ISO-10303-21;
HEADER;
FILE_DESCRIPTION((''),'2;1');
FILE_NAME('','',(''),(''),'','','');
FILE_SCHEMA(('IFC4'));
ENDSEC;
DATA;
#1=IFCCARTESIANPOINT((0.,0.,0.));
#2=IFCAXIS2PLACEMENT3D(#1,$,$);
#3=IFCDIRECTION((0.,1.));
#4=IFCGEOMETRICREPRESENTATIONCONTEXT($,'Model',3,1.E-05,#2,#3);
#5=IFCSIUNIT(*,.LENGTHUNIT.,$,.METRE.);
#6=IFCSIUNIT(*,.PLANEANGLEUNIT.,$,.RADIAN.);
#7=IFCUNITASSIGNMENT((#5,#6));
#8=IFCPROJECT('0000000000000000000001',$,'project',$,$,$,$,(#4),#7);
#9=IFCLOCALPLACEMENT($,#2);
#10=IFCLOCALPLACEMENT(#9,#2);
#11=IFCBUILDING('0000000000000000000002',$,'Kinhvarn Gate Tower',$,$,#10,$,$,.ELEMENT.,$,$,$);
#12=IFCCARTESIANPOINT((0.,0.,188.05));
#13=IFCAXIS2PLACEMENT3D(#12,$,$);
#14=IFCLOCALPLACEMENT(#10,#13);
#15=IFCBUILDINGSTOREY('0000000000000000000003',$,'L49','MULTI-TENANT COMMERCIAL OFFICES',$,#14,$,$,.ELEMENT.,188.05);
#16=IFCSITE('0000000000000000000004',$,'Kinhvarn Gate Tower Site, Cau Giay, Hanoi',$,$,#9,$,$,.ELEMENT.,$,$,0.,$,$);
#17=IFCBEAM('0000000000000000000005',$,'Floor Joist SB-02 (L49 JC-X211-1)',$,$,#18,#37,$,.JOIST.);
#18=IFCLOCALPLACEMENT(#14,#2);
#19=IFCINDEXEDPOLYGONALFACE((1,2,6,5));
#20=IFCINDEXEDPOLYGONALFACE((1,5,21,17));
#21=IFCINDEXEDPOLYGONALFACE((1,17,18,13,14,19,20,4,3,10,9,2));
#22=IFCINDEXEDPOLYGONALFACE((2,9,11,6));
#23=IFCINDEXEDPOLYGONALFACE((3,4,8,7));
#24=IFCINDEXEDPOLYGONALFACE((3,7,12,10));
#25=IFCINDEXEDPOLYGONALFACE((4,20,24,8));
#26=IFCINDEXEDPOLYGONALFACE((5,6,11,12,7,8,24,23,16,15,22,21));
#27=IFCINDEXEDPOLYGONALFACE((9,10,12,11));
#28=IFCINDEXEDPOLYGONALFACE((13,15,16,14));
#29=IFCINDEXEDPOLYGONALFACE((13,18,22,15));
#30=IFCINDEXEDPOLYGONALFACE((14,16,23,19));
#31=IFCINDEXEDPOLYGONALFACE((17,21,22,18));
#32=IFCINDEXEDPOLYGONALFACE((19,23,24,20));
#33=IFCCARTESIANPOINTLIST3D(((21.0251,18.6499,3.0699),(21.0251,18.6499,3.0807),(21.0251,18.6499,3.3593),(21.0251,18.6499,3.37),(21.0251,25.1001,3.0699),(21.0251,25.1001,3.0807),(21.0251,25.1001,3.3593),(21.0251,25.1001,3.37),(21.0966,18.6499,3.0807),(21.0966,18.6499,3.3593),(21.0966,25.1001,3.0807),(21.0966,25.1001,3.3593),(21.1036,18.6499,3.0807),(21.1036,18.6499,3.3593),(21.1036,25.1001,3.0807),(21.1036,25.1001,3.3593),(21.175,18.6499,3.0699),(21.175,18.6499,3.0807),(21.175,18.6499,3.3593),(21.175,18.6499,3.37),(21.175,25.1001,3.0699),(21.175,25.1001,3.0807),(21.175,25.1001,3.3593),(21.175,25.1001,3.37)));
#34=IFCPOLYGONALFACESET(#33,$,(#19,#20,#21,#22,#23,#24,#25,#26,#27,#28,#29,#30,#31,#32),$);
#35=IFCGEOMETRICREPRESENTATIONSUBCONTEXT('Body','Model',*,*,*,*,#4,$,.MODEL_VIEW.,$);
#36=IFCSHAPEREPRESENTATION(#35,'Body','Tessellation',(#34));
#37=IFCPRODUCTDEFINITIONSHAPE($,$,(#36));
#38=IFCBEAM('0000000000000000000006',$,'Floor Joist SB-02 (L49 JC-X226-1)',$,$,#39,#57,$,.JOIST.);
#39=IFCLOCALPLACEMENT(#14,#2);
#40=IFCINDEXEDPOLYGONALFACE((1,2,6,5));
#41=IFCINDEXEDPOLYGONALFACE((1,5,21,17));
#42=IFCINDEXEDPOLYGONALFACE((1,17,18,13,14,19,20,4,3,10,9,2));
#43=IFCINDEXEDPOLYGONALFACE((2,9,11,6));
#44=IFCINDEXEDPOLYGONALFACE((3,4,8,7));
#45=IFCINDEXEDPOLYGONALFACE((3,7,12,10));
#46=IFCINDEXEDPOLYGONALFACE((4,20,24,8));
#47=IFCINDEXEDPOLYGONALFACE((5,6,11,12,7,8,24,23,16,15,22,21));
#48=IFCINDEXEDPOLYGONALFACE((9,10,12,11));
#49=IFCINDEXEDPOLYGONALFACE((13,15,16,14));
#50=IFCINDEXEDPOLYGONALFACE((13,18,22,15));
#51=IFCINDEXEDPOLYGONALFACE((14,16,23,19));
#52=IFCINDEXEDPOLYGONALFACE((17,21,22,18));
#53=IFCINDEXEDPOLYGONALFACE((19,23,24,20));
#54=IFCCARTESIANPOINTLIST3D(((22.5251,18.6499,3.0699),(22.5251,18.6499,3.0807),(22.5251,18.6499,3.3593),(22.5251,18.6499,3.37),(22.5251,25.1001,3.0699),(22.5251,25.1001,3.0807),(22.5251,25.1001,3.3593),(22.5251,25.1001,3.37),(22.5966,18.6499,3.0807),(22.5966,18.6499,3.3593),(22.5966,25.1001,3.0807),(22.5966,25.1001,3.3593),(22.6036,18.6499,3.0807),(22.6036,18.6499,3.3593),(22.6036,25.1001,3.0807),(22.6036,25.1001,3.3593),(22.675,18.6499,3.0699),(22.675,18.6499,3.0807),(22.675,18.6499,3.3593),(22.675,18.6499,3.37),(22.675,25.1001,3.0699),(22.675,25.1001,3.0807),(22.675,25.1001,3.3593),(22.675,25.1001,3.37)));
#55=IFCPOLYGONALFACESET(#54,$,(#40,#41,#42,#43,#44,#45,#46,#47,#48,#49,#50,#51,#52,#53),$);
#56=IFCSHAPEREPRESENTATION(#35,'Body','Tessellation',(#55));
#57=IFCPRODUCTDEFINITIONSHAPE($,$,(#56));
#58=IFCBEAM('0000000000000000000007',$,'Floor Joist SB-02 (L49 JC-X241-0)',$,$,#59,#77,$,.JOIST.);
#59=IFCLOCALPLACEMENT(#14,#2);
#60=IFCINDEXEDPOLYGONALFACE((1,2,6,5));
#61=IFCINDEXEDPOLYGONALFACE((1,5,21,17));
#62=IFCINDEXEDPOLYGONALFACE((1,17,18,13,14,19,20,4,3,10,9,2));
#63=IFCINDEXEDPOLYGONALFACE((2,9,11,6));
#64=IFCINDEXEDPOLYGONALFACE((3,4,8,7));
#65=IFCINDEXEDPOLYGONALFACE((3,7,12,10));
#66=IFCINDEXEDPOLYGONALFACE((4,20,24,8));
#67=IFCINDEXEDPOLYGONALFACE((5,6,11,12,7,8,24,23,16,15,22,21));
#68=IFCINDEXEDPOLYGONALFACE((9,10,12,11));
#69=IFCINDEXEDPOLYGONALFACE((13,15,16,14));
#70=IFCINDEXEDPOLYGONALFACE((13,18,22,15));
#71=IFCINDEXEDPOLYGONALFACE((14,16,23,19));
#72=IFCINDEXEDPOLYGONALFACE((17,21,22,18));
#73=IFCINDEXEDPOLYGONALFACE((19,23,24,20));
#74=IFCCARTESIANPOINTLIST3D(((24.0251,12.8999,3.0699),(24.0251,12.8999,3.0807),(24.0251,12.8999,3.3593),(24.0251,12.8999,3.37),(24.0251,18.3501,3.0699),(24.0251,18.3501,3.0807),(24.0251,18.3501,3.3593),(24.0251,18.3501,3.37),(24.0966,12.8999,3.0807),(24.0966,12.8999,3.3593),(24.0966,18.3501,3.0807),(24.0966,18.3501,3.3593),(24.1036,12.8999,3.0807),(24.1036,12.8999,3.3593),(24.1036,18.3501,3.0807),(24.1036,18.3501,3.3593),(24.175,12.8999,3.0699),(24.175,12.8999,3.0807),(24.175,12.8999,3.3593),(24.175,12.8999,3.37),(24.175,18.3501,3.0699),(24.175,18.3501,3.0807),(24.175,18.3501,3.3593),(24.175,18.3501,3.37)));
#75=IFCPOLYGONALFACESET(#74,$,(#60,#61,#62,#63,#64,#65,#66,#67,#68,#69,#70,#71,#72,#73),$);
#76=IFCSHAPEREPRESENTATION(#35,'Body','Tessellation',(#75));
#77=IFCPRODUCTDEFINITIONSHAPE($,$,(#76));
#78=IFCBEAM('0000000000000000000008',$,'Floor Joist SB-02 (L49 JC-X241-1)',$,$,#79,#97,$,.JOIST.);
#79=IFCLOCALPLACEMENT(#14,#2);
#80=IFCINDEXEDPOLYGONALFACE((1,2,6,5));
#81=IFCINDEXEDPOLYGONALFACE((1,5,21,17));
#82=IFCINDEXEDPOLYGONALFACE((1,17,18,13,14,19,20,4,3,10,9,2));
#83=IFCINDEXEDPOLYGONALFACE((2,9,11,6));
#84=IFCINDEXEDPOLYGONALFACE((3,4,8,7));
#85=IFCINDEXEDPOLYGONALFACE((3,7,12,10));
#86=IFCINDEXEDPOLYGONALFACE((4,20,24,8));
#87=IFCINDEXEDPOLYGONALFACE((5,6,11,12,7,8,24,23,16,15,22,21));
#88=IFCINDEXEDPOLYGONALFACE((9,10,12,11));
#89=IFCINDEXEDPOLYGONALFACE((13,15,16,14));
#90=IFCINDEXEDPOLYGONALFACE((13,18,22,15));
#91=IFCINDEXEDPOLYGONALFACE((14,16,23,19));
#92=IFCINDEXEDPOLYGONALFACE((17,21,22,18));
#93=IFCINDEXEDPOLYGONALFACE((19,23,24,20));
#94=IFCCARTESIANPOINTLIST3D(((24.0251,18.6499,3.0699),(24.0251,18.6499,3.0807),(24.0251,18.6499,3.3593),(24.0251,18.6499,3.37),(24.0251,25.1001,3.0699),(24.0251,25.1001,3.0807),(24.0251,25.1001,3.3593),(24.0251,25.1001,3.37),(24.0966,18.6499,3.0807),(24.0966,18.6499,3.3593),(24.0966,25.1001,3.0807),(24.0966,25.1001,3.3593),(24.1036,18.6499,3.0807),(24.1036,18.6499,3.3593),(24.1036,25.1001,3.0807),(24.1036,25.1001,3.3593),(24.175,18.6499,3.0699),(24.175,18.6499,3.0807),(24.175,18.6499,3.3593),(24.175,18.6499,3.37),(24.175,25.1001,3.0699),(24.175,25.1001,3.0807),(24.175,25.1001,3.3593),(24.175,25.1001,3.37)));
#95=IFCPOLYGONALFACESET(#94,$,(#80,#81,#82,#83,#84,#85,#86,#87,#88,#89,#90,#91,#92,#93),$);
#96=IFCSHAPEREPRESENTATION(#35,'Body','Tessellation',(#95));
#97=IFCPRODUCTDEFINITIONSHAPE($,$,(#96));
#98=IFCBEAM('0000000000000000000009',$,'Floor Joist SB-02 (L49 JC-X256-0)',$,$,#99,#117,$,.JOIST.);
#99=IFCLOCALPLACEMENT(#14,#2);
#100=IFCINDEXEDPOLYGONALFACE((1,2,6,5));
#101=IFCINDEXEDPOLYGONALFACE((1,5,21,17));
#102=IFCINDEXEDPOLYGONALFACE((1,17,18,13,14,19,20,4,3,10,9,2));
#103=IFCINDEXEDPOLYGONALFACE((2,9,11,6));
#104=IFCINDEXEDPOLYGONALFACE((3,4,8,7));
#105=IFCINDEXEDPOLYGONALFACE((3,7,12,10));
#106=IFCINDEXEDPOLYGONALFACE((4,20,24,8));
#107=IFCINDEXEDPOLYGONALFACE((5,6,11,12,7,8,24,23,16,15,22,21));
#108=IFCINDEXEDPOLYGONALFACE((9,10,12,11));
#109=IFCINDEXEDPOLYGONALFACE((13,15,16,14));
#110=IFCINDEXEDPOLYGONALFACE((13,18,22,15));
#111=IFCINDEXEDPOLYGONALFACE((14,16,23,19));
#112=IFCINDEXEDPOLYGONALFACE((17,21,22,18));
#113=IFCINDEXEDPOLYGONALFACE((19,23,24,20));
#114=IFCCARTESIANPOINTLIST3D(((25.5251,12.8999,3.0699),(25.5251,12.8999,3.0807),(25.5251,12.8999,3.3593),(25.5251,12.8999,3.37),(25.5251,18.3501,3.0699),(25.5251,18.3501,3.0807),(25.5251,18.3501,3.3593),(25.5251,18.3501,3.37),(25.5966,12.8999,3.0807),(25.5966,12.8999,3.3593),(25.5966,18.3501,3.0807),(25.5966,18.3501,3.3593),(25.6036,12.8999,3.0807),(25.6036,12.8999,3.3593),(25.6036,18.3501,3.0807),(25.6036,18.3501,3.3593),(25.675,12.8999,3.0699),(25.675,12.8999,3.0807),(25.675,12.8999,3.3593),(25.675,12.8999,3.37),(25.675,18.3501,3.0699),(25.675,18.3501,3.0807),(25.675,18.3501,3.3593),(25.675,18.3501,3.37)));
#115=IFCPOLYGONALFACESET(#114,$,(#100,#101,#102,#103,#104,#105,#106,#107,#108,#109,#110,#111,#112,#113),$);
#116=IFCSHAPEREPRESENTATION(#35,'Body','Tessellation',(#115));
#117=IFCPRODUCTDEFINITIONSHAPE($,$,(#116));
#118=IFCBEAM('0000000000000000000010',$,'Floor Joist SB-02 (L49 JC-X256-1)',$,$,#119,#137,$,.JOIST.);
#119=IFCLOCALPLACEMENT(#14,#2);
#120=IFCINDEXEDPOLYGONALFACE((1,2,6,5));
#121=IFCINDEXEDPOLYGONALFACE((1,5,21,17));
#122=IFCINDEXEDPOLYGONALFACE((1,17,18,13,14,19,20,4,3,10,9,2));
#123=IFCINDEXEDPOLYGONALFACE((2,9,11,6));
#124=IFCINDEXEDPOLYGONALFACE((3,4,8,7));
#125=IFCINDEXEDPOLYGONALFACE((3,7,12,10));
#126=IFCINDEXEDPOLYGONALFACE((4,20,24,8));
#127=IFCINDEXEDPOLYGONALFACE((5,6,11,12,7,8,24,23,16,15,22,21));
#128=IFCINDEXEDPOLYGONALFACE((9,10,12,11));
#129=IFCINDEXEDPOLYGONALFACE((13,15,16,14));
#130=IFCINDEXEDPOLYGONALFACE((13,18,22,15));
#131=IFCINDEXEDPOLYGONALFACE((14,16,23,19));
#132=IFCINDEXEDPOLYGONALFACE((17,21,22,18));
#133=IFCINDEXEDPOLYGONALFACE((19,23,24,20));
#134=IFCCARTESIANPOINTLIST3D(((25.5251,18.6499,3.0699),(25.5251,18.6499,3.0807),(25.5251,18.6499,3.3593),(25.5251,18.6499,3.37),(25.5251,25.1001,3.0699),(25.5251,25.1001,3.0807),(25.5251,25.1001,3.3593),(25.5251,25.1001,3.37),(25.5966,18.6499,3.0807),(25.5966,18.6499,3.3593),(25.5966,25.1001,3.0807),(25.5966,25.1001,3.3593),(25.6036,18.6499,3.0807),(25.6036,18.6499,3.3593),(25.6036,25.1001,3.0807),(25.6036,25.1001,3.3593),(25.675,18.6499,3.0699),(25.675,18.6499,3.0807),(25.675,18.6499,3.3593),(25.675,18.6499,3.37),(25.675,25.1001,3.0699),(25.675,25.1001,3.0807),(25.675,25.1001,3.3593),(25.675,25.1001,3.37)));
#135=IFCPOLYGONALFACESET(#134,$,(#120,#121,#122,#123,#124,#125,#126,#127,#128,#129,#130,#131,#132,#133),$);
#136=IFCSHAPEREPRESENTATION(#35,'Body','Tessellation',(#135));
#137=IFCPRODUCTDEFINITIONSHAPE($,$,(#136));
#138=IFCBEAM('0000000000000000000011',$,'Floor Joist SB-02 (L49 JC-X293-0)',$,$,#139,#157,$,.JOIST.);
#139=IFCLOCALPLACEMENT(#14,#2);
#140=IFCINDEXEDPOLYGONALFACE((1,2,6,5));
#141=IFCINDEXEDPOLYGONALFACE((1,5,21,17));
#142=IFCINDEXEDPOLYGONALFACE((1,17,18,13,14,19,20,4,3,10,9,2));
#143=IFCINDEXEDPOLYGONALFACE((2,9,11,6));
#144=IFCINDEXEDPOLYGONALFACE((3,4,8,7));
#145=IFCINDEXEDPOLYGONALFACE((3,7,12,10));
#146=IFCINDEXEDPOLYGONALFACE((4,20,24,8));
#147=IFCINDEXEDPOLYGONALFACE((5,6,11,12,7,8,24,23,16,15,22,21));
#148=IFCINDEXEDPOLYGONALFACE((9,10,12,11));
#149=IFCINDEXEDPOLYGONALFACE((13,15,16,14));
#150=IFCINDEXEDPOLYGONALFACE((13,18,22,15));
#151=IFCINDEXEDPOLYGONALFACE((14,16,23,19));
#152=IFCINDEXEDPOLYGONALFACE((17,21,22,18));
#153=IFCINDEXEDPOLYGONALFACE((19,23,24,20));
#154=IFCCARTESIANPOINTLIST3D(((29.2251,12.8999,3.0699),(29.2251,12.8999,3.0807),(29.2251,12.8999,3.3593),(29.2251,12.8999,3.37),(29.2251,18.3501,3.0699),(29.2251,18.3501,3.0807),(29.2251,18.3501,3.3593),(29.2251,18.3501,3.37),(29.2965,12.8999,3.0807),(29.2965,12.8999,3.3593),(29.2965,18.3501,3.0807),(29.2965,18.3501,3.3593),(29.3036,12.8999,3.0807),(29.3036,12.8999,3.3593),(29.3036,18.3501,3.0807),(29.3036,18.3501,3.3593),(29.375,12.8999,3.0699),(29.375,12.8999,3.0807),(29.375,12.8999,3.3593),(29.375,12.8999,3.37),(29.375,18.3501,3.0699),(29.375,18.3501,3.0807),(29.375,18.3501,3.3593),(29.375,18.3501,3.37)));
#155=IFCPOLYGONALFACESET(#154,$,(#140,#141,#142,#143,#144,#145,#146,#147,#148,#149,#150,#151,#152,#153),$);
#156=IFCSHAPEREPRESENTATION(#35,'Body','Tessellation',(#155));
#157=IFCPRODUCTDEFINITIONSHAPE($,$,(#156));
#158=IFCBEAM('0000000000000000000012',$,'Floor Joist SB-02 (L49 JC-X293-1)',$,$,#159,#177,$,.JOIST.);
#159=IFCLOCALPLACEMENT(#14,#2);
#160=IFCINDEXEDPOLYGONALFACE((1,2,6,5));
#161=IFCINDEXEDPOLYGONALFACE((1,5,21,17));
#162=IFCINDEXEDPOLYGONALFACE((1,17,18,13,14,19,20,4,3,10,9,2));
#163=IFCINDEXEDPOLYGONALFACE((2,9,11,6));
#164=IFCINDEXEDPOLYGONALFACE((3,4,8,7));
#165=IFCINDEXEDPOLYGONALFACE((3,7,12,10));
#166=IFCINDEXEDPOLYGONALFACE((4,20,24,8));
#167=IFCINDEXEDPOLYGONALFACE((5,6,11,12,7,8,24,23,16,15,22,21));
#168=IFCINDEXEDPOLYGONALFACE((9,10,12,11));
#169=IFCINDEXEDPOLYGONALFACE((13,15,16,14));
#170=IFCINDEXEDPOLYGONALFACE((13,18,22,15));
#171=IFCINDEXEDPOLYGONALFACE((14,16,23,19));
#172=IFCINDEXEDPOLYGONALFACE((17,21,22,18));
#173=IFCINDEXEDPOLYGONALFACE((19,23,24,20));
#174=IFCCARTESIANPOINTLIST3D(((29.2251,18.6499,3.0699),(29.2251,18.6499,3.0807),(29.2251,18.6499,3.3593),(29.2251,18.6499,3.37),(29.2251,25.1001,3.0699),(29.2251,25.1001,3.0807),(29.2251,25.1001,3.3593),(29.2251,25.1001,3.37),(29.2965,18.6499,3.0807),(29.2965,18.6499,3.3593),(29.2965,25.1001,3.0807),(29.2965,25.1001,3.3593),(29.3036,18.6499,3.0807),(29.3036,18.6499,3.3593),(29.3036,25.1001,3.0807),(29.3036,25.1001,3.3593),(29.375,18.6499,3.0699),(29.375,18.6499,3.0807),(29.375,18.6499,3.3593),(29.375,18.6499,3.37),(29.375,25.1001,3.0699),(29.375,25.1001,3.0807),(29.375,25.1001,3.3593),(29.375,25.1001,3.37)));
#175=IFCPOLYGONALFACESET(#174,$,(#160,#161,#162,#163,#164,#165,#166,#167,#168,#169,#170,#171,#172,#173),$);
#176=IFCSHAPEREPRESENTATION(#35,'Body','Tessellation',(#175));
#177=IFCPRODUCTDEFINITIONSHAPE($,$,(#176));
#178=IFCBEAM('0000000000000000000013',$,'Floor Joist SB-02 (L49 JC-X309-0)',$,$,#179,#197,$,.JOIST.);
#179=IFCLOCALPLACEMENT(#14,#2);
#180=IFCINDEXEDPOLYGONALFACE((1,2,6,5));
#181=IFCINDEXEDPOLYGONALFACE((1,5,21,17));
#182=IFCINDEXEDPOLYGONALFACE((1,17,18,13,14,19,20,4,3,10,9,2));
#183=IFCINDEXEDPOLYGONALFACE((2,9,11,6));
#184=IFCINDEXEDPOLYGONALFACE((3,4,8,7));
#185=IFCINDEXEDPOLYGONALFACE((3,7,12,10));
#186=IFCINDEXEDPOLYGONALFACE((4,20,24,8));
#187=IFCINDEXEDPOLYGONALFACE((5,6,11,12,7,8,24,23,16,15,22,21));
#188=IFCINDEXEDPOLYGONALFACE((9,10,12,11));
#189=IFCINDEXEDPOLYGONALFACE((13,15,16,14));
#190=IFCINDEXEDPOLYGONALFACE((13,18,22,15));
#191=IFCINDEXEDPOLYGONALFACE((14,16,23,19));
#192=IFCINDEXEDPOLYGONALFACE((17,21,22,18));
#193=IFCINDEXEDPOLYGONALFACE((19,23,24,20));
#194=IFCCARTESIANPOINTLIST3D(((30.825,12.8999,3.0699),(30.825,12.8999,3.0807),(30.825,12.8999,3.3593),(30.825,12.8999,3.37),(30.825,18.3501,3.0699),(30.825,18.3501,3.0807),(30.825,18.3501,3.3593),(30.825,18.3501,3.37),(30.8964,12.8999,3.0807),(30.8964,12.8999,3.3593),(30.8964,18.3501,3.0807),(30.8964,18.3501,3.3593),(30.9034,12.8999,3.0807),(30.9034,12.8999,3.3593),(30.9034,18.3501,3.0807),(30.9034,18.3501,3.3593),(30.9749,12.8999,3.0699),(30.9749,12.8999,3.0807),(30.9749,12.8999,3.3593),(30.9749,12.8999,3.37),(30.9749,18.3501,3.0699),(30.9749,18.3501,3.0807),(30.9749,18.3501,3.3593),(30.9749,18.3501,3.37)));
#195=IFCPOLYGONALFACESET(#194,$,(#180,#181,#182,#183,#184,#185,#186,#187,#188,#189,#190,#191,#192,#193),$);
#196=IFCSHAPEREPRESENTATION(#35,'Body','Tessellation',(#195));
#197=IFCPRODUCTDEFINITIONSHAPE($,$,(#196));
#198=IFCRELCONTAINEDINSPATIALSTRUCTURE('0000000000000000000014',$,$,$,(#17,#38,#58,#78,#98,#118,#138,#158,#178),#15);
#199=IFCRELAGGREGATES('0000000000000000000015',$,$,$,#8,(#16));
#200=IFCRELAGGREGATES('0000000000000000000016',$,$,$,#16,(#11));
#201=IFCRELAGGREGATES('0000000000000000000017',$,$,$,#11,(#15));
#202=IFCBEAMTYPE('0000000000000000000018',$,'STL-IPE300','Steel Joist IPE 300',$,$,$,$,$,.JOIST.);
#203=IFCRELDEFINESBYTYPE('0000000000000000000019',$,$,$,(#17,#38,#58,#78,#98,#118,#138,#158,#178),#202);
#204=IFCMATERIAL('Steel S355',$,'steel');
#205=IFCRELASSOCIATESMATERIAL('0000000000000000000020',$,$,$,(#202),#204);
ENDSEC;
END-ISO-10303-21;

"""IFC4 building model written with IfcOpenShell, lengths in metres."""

from ifc_helpers import new_model, si_unit, direction, frame, origin, origin_2d, place, context, subcontext, project, spatial, i_section, extrude, material, material_profile, profile_set, type_object, element, save


model = new_model("IFC4")

# Units and contexts
model_context = context("Model", 3, precision=1e-05, world=origin(), true_north=direction((0.0, 1.0)))
body_context = subcontext(model_context, "Body", "Model", "MODEL_VIEW")
ifc_project = project(units=[si_unit("LENGTHUNIT", "METRE"), si_unit("PLANEANGLEUNIT", "RADIAN")], contexts=[model_context])

# Site, building, storey
site_placement = place(None, origin())
site = spatial("IfcSite", under=ifc_project, at=site_placement, Name="Kinhvarn Gate Tower Site, Cau Giay, Hanoi", CompositionType="ELEMENT", RefElevation=0.0)
building_placement = place(site_placement, origin())
building = spatial("IfcBuilding", under=site, at=building_placement, Name="Kinhvarn Gate Tower", CompositionType="ELEMENT")
storey_placement = place(building_placement, frame((0.0, 0.0, 188.05)))
storey = spatial("IfcBuildingStorey", under=building, at=storey_placement, Name="L49", Description="MULTI-TENANT COMMERCIAL OFFICES", CompositionType="ELEMENT", Elevation=188.05)

# Beams
ifc_material_1 = material(Name="Steel S355", Category="steel")
ifc_material_profile = material_profile(ifc_material_1, i_section(OverallWidth=0.1499, OverallDepth=0.3, WebThickness=0.0071, FlangeThickness=0.0107, at=origin_2d()), Name="IPE 300")
ifc_profile_set = profile_set([ifc_material_profile], Name="Steel S355")
beam_type = type_object("IfcBeamType", Name="STL-IPE300", Description="Steel Joist IPE 300", PredefinedType="JOIST", material=ifc_profile_set)
for number, where, z_axis, x_axis, name in (
    (1, (21.1001, 18.6499, 3.22), (0.0, 1.0, 0.0), (-1.0, 0.0, 0.0), "Floor Joist SB-02 (L49 JC-X211-1)"),
    (2, (22.6001, 18.6499, 3.22), (0.0, 1.0, 0.0), (-1.0, 0.0, 0.0), "Floor Joist SB-02 (L49 JC-X226-1)"),
):
    element("IfcBeam", number, at=place(storey_placement, frame(where, z_axis=z_axis, x_axis=x_axis)), inside=storey, type_object=beam_type, Name=name, PredefinedType="JOIST", context=body_context, shape_type="SweptSolid", body=[
        extrude(i_section(OverallWidth=0.1499, OverallDepth=0.3, WebThickness=0.0071, FlangeThickness=0.0107, at=origin_2d()), origin(), (0.0, 0.0, 1.0), 6.4502),
    ])
beam_1_placement = place(storey_placement, frame((24.1001, 12.8999, 3.22), z_axis=(0.0, 1.0, 0.0), x_axis=(-1.0, 0.0, 0.0)))
element("IfcBeam", 3, at=beam_1_placement, inside=storey, type_object=beam_type, Name="Floor Joist SB-02 (L49 JC-X241-0)", PredefinedType="JOIST", context=body_context, shape_type="SweptSolid", body=[
    extrude(i_section(OverallWidth=0.1499, OverallDepth=0.3, WebThickness=0.0071, FlangeThickness=0.0107, at=origin_2d()), origin(), (0.0, 0.0, 1.0), 5.4502),
])
beam_2_placement = place(storey_placement, frame((24.1001, 18.6499, 3.22), z_axis=(0.0, 1.0, 0.0), x_axis=(-1.0, 0.0, 0.0)))
element("IfcBeam", 4, at=beam_2_placement, inside=storey, type_object=beam_type, Name="Floor Joist SB-02 (L49 JC-X241-1)", PredefinedType="JOIST", context=body_context, shape_type="SweptSolid", body=[
    extrude(i_section(OverallWidth=0.1499, OverallDepth=0.3, WebThickness=0.0071, FlangeThickness=0.0107, at=origin_2d()), origin(), (0.0, 0.0, 1.0), 6.4502),
])
beam_3_placement = place(storey_placement, frame((25.6001, 12.8999, 3.22), z_axis=(0.0, 1.0, 0.0), x_axis=(-1.0, 0.0, 0.0)))
element("IfcBeam", 5, at=beam_3_placement, inside=storey, type_object=beam_type, Name="Floor Joist SB-02 (L49 JC-X256-0)", PredefinedType="JOIST", context=body_context, shape_type="SweptSolid", body=[
    extrude(i_section(OverallWidth=0.1499, OverallDepth=0.3, WebThickness=0.0071, FlangeThickness=0.0107, at=origin_2d()), origin(), (0.0, 0.0, 1.0), 5.4502),
])
beam_4_placement = place(storey_placement, frame((25.6001, 18.6499, 3.22), z_axis=(0.0, 1.0, 0.0), x_axis=(-1.0, 0.0, 0.0)))
element("IfcBeam", 6, at=beam_4_placement, inside=storey, type_object=beam_type, Name="Floor Joist SB-02 (L49 JC-X256-1)", PredefinedType="JOIST", context=body_context, shape_type="SweptSolid", body=[
    extrude(i_section(OverallWidth=0.1499, OverallDepth=0.3, WebThickness=0.0071, FlangeThickness=0.0107, at=origin_2d()), origin(), (0.0, 0.0, 1.0), 6.4502),
])
beam_5_placement = place(storey_placement, frame((29.3, 12.8999, 3.22), z_axis=(0.0, 1.0, 0.0), x_axis=(-1.0, 0.0, 0.0)))
element("IfcBeam", 7, at=beam_5_placement, inside=storey, type_object=beam_type, Name="Floor Joist SB-02 (L49 JC-X293-0)", PredefinedType="JOIST", context=body_context, shape_type="SweptSolid", body=[
    extrude(i_section(OverallWidth=0.1499, OverallDepth=0.3, WebThickness=0.0071, FlangeThickness=0.0107, at=origin_2d()), origin(), (0.0, 0.0, 1.0), 5.4502),
])
beam_6_placement = place(storey_placement, frame((29.3, 18.6499, 3.22), z_axis=(0.0, 1.0, 0.0), x_axis=(-1.0, 0.0, 0.0)))
element("IfcBeam", 8, at=beam_6_placement, inside=storey, type_object=beam_type, Name="Floor Joist SB-02 (L49 JC-X293-1)", PredefinedType="JOIST", context=body_context, shape_type="SweptSolid", body=[
    extrude(i_section(OverallWidth=0.1499, OverallDepth=0.3, WebThickness=0.0071, FlangeThickness=0.0107, at=origin_2d()), origin(), (0.0, 0.0, 1.0), 6.4502),
])
beam_7_placement = place(storey_placement, frame((30.8999, 12.8999, 3.22), z_axis=(0.0, 1.0, 0.0), x_axis=(-1.0, 0.0, 0.0)))
element("IfcBeam", 9, at=beam_7_placement, inside=storey, type_object=beam_type, Name="Floor Joist SB-02 (L49 JC-X309-0)", PredefinedType="JOIST", context=body_context, shape_type="SweptSolid", body=[
    extrude(i_section(OverallWidth=0.1499, OverallDepth=0.3, WebThickness=0.0071, FlangeThickness=0.0107, at=origin_2d()), origin(), (0.0, 0.0, 1.0), 5.4502),
])

save(model, "model.ifc")
